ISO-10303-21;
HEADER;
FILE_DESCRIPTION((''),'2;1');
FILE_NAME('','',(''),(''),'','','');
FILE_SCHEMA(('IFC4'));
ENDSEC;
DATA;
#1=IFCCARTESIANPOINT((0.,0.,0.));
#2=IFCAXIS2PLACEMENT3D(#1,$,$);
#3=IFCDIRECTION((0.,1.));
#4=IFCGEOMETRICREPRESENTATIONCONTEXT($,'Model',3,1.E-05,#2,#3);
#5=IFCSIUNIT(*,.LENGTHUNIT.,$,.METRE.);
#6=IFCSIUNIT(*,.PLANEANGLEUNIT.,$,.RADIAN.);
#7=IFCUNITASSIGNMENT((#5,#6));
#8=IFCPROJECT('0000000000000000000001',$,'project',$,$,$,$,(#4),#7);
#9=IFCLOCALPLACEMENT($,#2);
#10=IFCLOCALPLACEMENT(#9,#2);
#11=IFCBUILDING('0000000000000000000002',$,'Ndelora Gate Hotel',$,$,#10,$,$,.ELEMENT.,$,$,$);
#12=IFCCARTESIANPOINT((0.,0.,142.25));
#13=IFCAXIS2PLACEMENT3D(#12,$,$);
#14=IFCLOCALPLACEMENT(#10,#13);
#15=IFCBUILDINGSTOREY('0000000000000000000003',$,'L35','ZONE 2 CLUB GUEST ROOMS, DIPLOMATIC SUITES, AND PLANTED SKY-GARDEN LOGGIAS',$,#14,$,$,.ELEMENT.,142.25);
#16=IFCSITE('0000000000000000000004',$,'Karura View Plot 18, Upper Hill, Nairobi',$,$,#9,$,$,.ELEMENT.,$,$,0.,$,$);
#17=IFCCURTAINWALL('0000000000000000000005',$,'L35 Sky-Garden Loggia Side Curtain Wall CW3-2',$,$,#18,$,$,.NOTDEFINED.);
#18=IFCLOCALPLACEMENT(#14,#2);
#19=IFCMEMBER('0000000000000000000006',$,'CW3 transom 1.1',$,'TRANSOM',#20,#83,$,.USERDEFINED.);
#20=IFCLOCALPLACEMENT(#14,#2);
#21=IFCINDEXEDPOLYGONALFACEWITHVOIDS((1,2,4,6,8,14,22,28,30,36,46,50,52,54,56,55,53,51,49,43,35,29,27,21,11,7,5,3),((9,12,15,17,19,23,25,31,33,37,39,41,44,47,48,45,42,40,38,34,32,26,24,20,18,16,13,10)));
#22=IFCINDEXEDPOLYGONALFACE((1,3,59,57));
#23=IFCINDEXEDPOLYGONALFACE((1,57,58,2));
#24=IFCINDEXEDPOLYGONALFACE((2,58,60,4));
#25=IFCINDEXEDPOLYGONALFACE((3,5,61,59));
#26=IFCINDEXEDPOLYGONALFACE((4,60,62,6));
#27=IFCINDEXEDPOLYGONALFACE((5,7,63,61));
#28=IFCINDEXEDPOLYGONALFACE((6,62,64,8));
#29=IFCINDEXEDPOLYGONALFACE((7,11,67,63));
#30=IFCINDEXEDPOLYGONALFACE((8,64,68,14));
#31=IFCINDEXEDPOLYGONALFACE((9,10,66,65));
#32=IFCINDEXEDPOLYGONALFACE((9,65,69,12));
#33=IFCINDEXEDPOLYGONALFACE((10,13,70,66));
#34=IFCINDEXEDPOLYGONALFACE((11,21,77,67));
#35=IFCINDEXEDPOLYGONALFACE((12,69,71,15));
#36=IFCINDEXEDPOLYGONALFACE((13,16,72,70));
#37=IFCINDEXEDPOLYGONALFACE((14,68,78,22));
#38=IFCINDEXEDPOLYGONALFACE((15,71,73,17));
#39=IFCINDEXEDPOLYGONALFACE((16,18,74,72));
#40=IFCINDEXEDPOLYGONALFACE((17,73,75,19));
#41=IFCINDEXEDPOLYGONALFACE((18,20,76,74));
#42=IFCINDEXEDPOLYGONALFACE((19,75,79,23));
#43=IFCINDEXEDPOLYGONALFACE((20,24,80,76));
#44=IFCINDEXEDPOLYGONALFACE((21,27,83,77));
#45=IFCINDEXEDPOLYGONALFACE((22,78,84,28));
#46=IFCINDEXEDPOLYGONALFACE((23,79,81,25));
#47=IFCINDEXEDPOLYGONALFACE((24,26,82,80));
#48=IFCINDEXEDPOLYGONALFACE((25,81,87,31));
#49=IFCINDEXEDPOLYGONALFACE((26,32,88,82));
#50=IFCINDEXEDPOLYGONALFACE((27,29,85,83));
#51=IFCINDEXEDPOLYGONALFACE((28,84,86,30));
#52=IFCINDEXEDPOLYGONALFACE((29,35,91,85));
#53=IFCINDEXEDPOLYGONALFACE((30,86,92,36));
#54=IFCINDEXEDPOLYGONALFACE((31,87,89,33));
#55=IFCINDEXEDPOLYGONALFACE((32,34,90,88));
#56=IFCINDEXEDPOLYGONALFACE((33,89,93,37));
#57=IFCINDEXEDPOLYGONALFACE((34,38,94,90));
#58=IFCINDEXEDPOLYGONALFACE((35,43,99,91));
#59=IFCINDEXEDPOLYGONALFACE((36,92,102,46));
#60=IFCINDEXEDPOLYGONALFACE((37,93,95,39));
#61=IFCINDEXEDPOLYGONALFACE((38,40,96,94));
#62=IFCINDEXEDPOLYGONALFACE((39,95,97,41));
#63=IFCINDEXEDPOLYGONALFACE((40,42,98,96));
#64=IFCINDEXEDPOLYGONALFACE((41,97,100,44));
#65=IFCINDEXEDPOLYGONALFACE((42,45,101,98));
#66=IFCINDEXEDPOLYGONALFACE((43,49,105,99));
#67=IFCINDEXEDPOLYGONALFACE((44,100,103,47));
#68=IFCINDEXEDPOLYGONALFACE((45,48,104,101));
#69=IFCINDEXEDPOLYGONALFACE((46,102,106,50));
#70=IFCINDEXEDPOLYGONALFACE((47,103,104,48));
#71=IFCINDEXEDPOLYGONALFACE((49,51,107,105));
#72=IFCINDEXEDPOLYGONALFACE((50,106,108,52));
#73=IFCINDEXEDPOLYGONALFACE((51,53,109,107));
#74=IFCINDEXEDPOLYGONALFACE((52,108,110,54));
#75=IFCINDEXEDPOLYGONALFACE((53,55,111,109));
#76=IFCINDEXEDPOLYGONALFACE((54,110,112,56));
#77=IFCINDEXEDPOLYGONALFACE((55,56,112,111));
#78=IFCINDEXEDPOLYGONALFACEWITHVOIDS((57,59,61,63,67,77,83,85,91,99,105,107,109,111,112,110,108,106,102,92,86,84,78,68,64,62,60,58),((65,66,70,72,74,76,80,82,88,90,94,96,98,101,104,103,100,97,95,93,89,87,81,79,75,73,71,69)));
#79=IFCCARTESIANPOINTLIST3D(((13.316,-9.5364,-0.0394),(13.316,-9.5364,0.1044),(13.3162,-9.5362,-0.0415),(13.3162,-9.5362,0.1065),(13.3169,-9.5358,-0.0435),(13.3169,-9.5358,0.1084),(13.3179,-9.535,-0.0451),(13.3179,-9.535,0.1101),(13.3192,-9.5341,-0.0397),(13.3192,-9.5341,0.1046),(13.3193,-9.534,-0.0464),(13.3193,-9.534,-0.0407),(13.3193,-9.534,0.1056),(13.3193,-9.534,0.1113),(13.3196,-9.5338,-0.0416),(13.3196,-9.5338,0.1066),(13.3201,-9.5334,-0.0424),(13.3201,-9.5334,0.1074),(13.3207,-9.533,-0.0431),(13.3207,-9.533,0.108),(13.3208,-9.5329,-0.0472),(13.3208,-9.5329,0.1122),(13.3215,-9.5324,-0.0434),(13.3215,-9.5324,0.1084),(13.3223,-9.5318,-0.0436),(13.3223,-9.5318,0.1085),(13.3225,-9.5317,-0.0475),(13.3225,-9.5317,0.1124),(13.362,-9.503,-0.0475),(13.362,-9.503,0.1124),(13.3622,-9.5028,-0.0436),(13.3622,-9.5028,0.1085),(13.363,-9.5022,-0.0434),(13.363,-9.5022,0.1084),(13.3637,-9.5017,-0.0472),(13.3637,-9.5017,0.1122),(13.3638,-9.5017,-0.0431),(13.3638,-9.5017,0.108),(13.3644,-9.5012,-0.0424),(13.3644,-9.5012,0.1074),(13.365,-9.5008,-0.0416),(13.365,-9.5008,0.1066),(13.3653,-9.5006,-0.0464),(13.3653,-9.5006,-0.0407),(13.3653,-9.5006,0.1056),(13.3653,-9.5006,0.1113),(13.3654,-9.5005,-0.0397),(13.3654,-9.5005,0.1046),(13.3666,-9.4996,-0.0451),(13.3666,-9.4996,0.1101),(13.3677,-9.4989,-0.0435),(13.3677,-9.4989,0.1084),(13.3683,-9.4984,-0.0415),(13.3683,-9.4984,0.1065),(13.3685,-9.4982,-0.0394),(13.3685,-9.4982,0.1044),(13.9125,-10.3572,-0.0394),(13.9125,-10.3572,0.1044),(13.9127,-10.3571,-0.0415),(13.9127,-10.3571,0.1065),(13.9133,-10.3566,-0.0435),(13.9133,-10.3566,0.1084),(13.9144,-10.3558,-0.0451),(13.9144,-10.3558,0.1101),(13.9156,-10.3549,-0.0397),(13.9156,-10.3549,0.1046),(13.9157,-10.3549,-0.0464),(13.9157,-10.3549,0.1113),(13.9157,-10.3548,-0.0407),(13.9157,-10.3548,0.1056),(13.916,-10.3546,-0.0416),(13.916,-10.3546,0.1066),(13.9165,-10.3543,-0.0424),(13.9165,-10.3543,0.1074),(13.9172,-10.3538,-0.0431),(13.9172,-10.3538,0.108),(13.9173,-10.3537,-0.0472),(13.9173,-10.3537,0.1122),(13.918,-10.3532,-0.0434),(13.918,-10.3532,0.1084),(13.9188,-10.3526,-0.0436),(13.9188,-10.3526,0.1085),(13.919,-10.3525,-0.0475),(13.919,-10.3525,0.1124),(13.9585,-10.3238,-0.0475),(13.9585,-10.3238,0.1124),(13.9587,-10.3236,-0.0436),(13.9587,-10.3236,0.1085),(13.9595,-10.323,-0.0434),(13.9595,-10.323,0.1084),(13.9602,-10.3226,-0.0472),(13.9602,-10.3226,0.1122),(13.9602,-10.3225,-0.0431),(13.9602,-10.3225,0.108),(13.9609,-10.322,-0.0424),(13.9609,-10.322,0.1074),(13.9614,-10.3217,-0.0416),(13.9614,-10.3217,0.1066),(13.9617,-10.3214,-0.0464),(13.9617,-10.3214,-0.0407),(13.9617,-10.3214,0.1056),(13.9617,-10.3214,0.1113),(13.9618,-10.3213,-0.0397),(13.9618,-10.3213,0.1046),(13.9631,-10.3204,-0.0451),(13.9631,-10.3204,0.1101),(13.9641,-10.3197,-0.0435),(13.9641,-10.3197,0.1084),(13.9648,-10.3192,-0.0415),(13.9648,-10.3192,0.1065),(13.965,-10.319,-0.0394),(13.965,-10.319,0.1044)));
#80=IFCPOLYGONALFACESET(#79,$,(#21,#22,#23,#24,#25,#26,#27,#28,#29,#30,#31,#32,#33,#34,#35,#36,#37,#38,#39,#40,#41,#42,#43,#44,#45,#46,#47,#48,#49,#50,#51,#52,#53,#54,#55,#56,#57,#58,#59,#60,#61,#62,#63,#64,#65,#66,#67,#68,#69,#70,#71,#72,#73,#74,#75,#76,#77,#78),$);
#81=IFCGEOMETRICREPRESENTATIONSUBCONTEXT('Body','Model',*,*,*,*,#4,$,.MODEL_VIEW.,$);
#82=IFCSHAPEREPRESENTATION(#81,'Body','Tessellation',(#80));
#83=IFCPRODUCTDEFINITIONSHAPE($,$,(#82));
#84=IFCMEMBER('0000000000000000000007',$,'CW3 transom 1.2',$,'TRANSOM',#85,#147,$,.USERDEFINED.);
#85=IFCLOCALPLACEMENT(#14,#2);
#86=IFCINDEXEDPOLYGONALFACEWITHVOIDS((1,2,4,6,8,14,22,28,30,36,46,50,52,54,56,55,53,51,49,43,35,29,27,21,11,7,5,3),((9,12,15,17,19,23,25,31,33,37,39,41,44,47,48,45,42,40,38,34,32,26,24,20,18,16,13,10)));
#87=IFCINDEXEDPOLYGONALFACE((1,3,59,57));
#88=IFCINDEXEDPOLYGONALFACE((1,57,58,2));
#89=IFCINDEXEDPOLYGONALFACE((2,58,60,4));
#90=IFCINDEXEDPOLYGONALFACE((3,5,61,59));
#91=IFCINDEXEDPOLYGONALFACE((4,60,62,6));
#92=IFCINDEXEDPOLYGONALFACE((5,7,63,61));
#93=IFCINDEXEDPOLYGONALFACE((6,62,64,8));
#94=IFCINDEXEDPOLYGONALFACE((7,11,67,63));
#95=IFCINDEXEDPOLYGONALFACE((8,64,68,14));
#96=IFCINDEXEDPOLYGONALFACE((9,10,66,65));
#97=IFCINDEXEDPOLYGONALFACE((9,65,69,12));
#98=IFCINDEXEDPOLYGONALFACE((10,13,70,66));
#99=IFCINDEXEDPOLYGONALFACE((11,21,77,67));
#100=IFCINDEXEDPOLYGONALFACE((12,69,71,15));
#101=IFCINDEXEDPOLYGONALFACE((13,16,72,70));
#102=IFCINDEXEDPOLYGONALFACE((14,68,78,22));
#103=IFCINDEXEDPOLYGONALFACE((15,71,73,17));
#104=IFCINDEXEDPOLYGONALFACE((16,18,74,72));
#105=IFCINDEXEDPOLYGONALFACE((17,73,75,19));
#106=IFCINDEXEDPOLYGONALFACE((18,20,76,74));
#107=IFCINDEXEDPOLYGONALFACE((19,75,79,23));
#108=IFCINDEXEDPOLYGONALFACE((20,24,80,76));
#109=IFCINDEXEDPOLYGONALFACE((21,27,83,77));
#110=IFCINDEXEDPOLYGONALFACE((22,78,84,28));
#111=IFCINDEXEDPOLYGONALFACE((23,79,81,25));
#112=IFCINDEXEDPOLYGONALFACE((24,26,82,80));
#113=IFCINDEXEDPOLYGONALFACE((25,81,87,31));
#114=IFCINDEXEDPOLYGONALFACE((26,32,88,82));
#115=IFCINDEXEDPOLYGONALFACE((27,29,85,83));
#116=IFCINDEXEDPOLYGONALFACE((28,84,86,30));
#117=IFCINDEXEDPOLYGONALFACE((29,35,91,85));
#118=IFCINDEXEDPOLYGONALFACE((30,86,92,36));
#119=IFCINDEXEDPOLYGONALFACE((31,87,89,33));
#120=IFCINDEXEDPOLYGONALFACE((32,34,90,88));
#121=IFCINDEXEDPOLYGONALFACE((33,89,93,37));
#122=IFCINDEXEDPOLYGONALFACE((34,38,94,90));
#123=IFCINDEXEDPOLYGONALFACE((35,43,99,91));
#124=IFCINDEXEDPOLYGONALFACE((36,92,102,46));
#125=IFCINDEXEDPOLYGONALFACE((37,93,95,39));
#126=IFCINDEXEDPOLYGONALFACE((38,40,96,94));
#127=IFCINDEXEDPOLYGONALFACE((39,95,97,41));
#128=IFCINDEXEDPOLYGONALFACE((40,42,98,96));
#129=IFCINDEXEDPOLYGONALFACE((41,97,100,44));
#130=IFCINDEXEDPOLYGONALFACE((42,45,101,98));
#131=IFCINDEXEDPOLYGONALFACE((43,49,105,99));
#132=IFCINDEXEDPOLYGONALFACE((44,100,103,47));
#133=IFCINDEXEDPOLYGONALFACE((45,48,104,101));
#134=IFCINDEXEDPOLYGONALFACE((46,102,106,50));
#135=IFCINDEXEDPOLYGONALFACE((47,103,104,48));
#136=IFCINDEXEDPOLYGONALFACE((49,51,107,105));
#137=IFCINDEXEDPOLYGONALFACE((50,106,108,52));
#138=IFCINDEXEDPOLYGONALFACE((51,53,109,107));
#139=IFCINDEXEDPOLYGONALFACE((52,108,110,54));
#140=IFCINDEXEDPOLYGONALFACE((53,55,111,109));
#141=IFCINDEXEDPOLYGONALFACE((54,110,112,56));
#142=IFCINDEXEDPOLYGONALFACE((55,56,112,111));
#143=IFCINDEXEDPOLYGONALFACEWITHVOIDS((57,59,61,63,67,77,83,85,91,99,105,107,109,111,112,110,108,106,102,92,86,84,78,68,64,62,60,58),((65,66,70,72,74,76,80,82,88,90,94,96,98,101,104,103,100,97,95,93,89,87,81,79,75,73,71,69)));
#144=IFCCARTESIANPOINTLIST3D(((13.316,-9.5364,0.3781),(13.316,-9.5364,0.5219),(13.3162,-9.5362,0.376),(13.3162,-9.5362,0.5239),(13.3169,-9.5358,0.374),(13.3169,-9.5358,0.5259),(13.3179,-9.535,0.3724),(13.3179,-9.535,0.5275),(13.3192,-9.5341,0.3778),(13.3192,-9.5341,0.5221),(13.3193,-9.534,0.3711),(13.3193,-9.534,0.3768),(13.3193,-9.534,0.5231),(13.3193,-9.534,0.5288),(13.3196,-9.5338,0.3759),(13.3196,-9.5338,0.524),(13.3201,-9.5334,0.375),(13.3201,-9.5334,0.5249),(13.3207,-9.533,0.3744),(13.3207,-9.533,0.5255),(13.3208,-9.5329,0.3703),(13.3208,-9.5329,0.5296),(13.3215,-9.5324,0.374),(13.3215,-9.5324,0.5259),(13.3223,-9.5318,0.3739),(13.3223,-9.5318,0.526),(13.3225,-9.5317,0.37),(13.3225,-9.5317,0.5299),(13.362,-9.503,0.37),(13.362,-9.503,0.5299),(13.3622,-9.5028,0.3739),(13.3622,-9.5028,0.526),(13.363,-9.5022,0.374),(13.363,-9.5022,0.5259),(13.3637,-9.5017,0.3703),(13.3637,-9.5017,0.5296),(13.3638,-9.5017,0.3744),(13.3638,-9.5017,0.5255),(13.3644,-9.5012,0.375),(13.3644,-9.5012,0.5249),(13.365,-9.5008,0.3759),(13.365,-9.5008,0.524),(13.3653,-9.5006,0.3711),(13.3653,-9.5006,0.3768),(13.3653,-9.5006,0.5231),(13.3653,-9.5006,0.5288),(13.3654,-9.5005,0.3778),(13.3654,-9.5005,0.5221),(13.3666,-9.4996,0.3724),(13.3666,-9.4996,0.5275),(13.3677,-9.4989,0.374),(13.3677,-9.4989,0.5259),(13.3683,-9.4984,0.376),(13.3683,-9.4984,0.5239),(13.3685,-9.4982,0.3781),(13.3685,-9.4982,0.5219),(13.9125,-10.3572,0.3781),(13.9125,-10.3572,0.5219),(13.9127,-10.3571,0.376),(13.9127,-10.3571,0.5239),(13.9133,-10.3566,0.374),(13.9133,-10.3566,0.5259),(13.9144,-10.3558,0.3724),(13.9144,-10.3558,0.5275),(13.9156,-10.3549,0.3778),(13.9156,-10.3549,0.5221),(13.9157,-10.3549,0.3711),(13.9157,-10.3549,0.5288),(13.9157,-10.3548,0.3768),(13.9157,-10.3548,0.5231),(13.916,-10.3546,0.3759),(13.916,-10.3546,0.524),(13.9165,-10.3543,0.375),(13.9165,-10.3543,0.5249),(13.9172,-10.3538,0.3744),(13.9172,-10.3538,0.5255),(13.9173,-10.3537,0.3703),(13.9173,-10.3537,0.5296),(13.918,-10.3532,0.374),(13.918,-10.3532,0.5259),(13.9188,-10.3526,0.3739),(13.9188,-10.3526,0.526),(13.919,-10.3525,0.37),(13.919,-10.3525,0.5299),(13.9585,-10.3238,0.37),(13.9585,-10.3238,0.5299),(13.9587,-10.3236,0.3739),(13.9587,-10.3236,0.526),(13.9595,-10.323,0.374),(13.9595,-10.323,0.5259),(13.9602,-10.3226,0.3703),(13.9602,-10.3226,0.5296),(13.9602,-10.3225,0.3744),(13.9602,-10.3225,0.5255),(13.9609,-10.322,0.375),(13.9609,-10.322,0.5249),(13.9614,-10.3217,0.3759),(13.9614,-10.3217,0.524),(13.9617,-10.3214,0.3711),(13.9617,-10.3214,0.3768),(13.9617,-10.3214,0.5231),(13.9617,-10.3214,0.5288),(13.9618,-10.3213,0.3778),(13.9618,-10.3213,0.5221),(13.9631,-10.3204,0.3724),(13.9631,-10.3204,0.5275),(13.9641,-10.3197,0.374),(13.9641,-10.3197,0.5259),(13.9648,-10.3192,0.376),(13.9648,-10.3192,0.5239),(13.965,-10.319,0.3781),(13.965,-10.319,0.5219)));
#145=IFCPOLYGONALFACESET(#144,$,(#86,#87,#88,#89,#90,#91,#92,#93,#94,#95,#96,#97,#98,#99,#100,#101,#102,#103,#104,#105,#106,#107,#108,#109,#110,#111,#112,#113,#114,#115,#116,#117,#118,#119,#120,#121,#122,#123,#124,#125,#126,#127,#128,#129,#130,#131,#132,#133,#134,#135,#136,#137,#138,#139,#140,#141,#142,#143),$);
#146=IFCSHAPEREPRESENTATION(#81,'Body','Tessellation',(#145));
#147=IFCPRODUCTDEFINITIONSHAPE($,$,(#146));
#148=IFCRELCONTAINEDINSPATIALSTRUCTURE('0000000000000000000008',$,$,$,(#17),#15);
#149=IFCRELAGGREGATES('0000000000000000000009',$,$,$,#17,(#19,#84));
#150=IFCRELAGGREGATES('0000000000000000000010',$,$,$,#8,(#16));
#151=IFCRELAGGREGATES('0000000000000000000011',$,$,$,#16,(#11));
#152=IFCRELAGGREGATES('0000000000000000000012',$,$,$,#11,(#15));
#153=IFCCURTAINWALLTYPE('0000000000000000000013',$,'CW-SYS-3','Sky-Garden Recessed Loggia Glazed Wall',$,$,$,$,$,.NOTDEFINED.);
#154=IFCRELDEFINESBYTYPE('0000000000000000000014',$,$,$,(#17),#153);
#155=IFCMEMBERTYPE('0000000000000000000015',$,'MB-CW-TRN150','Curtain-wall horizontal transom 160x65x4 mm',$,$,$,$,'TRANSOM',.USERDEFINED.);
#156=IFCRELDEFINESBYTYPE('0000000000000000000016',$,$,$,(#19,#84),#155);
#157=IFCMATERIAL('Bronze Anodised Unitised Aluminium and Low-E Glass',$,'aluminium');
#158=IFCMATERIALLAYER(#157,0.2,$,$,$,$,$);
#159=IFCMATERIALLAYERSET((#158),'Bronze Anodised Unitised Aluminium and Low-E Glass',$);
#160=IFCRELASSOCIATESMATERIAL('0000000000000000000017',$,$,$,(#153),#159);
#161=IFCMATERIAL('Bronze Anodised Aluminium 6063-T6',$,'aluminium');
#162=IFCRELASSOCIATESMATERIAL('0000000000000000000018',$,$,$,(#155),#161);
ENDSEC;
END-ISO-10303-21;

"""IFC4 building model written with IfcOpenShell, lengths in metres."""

from ifc_helpers import new_model, si_unit, direction, frame, origin, origin_2d, place, context, subcontext, project, spatial, hollow_rectangle, extrude, material, layer, layer_set, material_profile, profile_set, type_object, element, aggregate, save


model = new_model("IFC4")

# Units and contexts
model_context = context("Model", 3, precision=1e-05, world=origin(), true_north=direction((0.0, 1.0)))
body_context = subcontext(model_context, "Body", "Model", "MODEL_VIEW")
ifc_project = project(units=[si_unit("LENGTHUNIT", "METRE"), si_unit("PLANEANGLEUNIT", "RADIAN")], contexts=[model_context])

# Site, building, storey
site_placement = place(None, origin())
site = spatial("IfcSite", under=ifc_project, at=site_placement, Name="Karura View Plot 18, Upper Hill, Nairobi", CompositionType="ELEMENT", RefElevation=0.0)
building_placement = place(site_placement, origin())
building = spatial("IfcBuilding", under=site, at=building_placement, Name="Ndelora Gate Hotel", CompositionType="ELEMENT")
storey_placement = place(building_placement, frame((0.0, 0.0, 142.25)))
storey = spatial("IfcBuildingStorey", under=building, at=storey_placement, Name="L35", Description="ZONE 2 CLUB GUEST ROOMS, DIPLOMATIC SUITES, AND PLANTED SKY-GARDEN LOGGIAS", CompositionType="ELEMENT", Elevation=142.25)

# Curtain wall, members
ifc_material_1 = material(Name="Bronze Anodised Unitised Aluminium and Low-E Glass", Category="aluminium")
ifc_layer_1 = layer(ifc_material_1, 0.2)
ifc_layer_set_1 = layer_set([ifc_layer_1], Name="Bronze Anodised Unitised Aluminium and Low-E Glass")
curtain_wall_type = type_object("IfcCurtainWallType", Name="CW-SYS-3", Description="Sky-Garden Recessed Loggia Glazed Wall", PredefinedType="NOTDEFINED", material=ifc_layer_set_1)
curtain_wall_placement = place(storey_placement, origin())
curtain_wall = element("IfcCurtainWall", 1, at=curtain_wall_placement, inside=storey, type_object=curtain_wall_type, Name="L35 Sky-Garden Loggia Side Curtain Wall CW3-2", PredefinedType="NOTDEFINED")
ifc_material_2 = material(Name="Bronze Anodised Aluminium 6063-T6", Category="aluminium")
ifc_material_profile_1 = material_profile(ifc_material_2, hollow_rectangle(XDim=0.0649, YDim=0.1599, WallThickness=0.0039, InnerFilletRadius=0.0039, OuterFilletRadius=0.0081, at=origin_2d()), Name="ALU 160x65x4")
ifc_profile_set_1 = profile_set([ifc_material_profile_1], Name="Bronze Anodised Aluminium 6063-T6")
member_type_1 = type_object("IfcMemberType", Name="MB-CW-TRN150", Description="Curtain-wall horizontal transom 160x65x4 mm", ElementType="TRANSOM", PredefinedType="USERDEFINED", material=ifc_profile_set_1)
member_1_placement = place(storey_placement, frame((13.9387, -10.3381, 0.0325), z_axis=(-0.587843, 0.808975, 0.0), x_axis=(-0.808975, -0.587843, 0.0)))
member_1 = element("IfcMember", 2, at=member_1_placement, type_object=member_type_1, Name="CW3 transom 1.1", ObjectType="TRANSOM", PredefinedType="USERDEFINED", context=body_context, shape_type="SweptSolid", body=[
    extrude(hollow_rectangle(XDim=0.0649, YDim=0.1599, WallThickness=0.0039, InnerFilletRadius=0.0039, OuterFilletRadius=0.0081, at=origin_2d()), origin(), (0.0, 0.0, 1.0), 1.0146),
])
member_2_placement = place(storey_placement, frame((13.9387, -10.3381, 0.45), z_axis=(-0.587843, 0.808975, 0.0), x_axis=(-0.808975, -0.587843, 0.0)))
member_2 = element("IfcMember", 3, at=member_2_placement, type_object=member_type_1, Name="CW3 transom 1.2", ObjectType="TRANSOM", PredefinedType="USERDEFINED", context=body_context, shape_type="SweptSolid", body=[
    extrude(hollow_rectangle(XDim=0.0649, YDim=0.1599, WallThickness=0.0039, InnerFilletRadius=0.0039, OuterFilletRadius=0.0081, at=origin_2d()), origin(), (0.0, 0.0, 1.0), 1.0146),
])
aggregate(curtain_wall, [member_1, member_2])

save(model, "model.ifc")
